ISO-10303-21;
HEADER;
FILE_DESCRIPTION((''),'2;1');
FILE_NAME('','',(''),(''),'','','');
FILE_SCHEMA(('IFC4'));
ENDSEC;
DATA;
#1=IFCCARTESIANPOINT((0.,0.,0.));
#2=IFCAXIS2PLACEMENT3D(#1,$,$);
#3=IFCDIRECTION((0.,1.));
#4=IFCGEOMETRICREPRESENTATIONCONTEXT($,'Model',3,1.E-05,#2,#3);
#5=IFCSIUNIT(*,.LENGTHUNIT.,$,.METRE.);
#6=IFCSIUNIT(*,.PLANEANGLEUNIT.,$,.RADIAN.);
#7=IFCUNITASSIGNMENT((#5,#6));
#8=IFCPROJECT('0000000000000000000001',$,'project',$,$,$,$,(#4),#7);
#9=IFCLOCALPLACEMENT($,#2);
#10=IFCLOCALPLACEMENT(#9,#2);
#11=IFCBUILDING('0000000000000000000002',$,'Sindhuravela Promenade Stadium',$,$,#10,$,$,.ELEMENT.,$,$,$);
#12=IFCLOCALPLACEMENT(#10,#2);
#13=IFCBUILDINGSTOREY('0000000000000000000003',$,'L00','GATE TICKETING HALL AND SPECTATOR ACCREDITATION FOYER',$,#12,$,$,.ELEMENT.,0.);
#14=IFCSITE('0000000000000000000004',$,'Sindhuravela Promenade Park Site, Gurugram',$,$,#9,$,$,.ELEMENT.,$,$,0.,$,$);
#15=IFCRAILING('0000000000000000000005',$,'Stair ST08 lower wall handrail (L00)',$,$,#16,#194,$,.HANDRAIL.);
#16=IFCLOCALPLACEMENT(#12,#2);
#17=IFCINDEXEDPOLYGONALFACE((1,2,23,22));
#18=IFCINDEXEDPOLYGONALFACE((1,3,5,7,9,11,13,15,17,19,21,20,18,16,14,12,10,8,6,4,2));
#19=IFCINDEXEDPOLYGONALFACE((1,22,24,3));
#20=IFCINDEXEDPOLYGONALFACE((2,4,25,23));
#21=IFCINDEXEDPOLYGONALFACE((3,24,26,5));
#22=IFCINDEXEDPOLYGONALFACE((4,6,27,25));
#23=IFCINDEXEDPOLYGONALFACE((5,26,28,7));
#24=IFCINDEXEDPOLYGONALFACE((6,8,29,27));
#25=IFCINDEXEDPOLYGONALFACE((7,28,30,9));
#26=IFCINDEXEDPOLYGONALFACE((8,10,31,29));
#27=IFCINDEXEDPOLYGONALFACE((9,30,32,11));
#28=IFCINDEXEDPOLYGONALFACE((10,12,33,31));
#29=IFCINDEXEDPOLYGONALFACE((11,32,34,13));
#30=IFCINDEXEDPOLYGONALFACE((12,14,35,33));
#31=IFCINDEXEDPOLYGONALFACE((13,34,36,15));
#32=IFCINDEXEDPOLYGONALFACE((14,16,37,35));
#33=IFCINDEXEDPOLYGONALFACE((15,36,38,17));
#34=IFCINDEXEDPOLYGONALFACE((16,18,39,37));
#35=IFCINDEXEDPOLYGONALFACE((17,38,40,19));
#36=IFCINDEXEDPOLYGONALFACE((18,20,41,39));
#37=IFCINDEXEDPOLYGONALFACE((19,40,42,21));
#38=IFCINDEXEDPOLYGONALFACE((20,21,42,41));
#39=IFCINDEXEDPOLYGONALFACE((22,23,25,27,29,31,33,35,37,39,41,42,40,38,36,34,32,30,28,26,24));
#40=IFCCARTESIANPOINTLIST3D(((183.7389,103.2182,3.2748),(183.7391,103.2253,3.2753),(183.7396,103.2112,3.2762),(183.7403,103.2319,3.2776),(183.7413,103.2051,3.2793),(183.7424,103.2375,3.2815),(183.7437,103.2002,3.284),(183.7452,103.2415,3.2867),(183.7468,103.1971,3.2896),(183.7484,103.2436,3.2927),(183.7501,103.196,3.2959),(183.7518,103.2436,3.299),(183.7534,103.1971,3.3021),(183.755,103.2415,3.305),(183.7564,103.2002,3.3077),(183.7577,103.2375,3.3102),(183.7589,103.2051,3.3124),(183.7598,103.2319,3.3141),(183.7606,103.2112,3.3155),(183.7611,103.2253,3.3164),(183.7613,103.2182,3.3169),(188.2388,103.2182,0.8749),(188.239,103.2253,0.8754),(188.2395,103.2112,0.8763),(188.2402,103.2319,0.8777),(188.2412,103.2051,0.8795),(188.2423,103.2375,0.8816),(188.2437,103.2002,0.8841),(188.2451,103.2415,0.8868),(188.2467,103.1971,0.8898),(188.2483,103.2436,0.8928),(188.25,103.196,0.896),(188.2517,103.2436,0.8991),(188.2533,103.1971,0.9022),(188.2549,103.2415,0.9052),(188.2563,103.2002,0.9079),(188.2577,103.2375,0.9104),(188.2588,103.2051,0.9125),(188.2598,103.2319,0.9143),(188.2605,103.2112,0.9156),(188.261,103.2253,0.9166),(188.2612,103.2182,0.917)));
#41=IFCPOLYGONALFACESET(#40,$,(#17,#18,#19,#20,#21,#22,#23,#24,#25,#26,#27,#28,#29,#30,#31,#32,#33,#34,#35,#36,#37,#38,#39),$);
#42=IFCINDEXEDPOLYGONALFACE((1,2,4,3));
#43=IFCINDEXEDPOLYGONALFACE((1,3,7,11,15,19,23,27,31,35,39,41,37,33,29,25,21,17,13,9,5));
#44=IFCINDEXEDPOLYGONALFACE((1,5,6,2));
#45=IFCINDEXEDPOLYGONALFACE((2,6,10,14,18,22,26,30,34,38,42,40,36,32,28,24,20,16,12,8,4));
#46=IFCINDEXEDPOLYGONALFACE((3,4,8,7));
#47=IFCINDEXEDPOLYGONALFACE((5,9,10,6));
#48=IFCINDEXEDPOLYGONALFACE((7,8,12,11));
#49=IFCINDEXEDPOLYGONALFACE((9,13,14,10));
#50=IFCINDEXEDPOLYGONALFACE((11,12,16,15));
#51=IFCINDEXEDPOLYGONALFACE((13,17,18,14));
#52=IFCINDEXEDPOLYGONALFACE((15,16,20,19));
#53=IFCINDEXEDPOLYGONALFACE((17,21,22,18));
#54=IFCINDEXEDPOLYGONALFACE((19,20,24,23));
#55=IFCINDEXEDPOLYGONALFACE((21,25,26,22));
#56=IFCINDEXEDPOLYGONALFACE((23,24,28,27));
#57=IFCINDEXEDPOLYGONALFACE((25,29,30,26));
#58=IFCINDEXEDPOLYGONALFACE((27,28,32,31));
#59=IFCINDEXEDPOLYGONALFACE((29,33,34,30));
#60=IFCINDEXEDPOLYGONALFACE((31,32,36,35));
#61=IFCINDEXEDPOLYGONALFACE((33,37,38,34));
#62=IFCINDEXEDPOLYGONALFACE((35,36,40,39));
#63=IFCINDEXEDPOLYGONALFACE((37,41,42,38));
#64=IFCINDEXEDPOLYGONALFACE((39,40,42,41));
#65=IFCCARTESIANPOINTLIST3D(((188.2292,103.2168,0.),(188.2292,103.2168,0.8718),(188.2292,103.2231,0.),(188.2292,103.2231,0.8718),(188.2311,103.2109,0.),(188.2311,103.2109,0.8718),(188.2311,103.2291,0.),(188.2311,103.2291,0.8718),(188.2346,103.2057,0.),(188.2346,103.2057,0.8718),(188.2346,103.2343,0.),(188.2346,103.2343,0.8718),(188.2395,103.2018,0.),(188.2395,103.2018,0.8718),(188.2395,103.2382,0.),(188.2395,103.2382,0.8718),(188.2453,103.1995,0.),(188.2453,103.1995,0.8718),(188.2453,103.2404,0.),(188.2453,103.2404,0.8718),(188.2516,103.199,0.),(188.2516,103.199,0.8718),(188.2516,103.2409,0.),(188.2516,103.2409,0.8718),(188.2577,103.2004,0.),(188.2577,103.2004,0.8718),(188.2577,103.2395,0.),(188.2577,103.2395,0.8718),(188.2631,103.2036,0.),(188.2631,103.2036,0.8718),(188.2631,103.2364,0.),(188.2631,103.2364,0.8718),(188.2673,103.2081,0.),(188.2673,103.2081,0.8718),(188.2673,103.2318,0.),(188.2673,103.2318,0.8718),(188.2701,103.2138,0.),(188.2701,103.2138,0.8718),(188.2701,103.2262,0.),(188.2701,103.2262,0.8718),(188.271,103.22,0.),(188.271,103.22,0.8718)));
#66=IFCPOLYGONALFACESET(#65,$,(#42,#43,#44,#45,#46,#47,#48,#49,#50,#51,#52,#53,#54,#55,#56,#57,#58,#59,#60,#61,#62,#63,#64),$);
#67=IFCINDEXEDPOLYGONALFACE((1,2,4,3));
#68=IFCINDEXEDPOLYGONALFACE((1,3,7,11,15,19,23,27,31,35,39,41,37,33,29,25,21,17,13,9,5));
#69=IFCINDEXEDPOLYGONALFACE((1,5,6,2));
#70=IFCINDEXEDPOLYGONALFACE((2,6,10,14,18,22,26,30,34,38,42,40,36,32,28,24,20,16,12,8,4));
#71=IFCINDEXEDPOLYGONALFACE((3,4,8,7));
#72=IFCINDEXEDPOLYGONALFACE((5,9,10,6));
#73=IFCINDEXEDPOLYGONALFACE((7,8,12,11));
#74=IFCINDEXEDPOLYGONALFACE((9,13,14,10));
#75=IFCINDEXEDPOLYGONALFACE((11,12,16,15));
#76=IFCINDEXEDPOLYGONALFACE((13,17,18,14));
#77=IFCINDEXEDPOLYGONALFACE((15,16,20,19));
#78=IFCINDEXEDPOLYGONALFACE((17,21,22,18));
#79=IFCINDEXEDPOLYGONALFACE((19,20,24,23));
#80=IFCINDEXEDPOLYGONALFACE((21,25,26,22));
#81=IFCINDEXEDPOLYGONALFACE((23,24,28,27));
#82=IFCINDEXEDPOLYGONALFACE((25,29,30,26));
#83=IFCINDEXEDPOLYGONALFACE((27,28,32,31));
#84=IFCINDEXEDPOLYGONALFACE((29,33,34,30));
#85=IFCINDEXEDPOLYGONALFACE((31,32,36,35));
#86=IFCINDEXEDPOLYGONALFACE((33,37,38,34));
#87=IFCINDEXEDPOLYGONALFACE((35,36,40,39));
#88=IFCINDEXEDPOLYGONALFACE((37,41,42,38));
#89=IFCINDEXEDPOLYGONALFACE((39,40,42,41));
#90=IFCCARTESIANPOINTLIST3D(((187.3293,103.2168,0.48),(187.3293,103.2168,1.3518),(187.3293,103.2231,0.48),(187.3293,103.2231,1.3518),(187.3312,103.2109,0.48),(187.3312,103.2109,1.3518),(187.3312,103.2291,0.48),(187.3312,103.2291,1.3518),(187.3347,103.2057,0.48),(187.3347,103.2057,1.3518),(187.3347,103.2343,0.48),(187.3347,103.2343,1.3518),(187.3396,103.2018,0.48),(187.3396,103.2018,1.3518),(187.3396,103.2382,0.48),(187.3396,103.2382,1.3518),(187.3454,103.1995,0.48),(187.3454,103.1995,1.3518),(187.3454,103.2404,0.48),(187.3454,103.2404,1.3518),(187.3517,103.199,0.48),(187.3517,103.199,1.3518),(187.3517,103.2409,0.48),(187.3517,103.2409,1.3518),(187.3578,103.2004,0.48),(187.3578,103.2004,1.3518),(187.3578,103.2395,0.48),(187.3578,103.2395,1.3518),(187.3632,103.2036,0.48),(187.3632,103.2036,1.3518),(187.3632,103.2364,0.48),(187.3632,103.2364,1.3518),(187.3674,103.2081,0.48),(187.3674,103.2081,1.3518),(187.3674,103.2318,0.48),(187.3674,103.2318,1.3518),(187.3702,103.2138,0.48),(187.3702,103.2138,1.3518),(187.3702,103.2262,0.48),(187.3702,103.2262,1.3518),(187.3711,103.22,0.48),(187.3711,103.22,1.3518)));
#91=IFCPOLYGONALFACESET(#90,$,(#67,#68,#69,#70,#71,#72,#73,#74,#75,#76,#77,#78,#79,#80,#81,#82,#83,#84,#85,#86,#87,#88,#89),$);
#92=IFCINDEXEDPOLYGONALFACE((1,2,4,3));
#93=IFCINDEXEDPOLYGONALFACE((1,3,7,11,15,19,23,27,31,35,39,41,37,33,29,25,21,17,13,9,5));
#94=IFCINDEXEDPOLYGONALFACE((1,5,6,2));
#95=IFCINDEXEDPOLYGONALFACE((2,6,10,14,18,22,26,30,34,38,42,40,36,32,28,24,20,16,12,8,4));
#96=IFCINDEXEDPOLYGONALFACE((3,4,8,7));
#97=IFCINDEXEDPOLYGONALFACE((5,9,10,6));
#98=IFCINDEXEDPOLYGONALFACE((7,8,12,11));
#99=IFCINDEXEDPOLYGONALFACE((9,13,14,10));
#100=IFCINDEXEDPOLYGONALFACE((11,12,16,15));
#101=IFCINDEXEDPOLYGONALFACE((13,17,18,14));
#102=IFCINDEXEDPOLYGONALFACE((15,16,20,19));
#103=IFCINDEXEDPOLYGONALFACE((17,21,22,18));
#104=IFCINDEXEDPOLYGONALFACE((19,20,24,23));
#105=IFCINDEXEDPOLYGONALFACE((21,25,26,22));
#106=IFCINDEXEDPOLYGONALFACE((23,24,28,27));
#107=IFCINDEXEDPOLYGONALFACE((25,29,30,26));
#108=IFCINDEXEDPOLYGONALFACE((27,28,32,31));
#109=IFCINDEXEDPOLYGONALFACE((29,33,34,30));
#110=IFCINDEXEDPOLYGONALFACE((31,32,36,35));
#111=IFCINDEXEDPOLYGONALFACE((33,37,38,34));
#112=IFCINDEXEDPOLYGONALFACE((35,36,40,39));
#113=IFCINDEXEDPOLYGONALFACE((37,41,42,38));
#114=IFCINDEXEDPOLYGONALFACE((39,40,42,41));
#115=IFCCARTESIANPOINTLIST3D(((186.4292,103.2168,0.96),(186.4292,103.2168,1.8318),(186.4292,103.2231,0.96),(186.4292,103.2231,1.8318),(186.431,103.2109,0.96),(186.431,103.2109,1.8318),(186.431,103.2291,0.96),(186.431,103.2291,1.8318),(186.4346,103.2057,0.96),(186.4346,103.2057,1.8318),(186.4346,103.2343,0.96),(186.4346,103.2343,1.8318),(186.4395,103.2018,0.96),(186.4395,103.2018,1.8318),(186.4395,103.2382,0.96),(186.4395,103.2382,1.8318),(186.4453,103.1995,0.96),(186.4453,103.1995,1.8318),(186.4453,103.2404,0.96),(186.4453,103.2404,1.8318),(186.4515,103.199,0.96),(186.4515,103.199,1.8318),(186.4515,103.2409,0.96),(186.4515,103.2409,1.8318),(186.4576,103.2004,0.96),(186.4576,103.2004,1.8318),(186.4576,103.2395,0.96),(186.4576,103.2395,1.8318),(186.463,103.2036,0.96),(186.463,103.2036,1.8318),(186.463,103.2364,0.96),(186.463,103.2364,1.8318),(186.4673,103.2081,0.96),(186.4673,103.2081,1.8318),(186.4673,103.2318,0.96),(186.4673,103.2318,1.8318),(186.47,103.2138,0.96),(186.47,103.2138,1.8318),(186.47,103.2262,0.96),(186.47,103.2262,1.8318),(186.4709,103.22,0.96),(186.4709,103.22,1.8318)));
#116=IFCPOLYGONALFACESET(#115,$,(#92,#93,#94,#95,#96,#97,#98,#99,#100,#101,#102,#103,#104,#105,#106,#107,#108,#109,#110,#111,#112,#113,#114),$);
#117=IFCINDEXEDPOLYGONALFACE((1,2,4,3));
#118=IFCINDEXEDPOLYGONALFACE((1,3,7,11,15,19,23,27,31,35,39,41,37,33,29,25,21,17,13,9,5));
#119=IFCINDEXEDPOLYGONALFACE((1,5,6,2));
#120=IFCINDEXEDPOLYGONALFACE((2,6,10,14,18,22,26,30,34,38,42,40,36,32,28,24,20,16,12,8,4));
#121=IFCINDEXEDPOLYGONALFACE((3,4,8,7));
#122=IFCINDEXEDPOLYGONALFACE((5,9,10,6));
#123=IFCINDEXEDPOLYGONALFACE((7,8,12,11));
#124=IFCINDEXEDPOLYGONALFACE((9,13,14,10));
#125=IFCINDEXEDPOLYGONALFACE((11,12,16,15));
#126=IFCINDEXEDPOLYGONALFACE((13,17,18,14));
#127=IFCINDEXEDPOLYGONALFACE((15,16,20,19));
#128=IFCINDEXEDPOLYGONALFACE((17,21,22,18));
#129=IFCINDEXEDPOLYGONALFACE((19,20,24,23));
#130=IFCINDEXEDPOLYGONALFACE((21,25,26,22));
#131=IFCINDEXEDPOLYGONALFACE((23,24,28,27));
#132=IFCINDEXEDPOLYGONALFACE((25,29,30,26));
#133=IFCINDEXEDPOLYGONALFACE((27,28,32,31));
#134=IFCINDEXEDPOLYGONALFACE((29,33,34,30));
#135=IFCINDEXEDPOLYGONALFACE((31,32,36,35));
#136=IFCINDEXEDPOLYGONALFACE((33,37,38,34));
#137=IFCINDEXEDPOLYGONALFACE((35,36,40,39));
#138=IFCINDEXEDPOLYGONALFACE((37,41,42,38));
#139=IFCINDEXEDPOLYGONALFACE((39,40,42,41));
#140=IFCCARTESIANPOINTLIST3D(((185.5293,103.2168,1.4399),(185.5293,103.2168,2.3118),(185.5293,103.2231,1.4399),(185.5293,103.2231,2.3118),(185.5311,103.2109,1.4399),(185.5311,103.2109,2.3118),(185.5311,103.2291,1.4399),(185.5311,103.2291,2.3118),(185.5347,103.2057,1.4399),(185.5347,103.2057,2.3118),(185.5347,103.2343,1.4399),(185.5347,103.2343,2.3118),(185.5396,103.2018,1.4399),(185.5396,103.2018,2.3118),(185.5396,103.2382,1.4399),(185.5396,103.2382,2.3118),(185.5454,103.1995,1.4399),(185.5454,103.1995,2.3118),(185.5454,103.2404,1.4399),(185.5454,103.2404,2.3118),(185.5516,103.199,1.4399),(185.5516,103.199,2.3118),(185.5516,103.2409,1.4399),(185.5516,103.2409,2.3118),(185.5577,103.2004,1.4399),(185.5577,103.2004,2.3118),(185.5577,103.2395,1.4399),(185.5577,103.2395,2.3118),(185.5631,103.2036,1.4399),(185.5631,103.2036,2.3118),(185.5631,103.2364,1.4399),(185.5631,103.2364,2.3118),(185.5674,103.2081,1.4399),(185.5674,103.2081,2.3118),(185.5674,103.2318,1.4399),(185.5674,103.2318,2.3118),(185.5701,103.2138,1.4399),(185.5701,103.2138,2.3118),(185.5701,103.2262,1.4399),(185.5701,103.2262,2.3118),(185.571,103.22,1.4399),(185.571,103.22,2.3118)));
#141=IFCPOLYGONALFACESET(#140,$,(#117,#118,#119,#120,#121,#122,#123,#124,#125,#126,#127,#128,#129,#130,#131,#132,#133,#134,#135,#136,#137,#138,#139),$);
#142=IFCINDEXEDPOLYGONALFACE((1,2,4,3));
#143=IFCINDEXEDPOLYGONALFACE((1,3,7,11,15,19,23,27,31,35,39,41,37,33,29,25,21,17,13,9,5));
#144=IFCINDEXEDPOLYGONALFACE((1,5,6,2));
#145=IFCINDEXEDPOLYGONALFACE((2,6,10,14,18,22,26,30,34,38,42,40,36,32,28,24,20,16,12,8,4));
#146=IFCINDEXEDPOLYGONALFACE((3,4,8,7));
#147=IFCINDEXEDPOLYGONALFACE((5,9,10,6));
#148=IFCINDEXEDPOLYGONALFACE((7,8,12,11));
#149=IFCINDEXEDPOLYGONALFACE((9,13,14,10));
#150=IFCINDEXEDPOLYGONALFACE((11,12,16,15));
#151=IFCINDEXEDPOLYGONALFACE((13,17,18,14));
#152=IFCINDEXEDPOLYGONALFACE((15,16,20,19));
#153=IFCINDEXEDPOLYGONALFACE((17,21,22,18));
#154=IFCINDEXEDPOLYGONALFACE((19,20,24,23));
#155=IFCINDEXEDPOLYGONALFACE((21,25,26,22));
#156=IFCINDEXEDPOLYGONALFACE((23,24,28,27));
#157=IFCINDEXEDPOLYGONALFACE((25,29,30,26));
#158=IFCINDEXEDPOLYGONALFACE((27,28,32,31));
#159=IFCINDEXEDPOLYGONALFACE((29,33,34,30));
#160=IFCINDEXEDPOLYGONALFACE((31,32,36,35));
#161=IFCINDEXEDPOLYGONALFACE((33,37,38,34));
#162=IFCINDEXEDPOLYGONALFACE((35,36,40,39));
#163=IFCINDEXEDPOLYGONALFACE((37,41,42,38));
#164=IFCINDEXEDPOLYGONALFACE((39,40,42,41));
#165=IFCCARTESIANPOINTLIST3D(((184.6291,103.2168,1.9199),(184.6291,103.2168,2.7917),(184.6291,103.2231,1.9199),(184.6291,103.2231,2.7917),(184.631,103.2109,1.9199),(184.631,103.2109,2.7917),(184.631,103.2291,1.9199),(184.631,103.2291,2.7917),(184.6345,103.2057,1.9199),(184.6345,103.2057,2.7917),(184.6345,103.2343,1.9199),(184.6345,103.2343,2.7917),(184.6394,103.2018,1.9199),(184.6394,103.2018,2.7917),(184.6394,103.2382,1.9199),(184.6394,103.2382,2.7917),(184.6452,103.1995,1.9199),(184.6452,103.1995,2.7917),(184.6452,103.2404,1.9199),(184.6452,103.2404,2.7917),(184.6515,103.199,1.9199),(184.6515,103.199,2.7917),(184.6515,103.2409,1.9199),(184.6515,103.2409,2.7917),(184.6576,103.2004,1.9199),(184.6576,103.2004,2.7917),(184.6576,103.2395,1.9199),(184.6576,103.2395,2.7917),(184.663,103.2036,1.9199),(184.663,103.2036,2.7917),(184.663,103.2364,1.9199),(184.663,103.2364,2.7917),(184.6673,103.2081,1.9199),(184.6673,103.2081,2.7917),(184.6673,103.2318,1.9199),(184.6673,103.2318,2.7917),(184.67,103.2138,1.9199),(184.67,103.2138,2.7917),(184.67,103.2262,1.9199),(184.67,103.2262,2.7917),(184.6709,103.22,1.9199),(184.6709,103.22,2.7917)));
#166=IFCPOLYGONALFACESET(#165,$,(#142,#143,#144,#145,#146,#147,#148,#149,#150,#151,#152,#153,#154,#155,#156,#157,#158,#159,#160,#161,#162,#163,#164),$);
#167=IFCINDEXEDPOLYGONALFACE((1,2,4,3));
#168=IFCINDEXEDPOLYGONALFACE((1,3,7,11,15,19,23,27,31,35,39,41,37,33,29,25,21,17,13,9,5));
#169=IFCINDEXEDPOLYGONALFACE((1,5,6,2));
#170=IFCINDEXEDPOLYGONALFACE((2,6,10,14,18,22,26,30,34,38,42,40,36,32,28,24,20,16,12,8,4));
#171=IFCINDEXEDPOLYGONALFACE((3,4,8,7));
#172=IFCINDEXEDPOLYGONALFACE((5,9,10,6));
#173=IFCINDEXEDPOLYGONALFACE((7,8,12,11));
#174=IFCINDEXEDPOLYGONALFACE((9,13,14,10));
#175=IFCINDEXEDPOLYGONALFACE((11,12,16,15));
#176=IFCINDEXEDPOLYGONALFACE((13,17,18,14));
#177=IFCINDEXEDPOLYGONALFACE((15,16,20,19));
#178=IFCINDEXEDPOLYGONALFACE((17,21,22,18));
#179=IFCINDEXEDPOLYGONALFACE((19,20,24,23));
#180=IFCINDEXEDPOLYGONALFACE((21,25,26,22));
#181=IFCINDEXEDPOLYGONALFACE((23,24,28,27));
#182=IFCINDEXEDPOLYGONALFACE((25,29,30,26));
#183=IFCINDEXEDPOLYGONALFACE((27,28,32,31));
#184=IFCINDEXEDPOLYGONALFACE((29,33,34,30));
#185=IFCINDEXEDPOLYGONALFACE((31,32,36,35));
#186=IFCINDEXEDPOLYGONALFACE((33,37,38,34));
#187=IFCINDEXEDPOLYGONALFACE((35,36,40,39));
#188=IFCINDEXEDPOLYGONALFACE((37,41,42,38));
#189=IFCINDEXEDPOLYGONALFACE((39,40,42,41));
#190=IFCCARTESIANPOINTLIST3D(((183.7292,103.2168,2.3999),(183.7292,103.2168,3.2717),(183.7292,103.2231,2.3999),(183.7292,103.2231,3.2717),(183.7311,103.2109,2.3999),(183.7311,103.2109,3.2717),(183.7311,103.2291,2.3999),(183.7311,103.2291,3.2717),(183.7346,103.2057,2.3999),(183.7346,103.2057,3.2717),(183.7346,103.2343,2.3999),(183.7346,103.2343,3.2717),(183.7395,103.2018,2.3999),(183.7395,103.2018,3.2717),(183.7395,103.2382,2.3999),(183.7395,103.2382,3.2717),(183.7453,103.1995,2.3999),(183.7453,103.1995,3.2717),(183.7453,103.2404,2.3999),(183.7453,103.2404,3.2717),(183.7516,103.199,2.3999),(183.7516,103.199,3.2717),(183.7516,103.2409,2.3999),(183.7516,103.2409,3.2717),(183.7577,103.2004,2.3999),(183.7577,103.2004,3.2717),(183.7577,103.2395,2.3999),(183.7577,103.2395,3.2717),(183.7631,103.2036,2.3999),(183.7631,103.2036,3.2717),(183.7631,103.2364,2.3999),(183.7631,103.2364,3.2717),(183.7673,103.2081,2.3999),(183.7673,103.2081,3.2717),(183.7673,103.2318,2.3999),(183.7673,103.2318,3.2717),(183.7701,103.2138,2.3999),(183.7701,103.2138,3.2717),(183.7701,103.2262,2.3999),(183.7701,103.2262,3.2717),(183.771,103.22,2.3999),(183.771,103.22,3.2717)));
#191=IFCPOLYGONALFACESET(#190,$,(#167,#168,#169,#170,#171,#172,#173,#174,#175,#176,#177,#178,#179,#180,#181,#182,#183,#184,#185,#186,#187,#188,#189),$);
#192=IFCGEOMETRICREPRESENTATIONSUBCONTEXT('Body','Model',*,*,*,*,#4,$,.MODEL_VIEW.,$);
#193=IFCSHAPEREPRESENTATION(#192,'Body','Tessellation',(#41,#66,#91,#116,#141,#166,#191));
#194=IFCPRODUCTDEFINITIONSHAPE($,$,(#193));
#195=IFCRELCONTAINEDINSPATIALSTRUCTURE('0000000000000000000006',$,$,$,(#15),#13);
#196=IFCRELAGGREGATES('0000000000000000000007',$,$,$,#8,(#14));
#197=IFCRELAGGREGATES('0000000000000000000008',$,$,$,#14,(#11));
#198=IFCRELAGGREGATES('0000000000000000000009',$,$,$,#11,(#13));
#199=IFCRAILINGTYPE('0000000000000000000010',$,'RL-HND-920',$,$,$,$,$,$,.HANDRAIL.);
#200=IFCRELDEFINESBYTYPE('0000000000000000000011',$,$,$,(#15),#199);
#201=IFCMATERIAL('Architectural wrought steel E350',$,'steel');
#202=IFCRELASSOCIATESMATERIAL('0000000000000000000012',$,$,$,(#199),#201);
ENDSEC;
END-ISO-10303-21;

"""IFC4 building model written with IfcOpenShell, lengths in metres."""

from ifc_helpers import new_model, si_unit, direction, frame, origin, origin_2d, place, context, subcontext, project, spatial, circle, extrude, material, type_object, element, save


model = new_model("IFC4")

# Units and contexts
model_context = context("Model", 3, precision=1e-05, world=origin(), true_north=direction((0.0, 1.0)))
body_context = subcontext(model_context, "Body", "Model", "MODEL_VIEW")
ifc_project = project(units=[si_unit("LENGTHUNIT", "METRE"), si_unit("PLANEANGLEUNIT", "RADIAN")], contexts=[model_context])

# Site, building, storey
site_placement = place(None, origin())
site = spatial("IfcSite", under=ifc_project, at=site_placement, Name="Sindhuravela Promenade Park Site, Gurugram", CompositionType="ELEMENT", RefElevation=0.0)
building_placement = place(site_placement, origin())
building = spatial("IfcBuilding", under=site, at=building_placement, Name="Sindhuravela Promenade Stadium", CompositionType="ELEMENT")
storey_placement = place(building_placement, origin())
storey = spatial("IfcBuildingStorey", under=building, at=storey_placement, Name="L00", Description="GATE TICKETING HALL AND SPECTATOR ACCREDITATION FOYER", CompositionType="ELEMENT", Elevation=0.0)

# Shared definitions
ifc_material_1 = material(Name="Architectural wrought steel E350", Category="steel")

# Railing
railing_type_1 = type_object("IfcRailingType", Name="RL-HND-920", PredefinedType="HANDRAIL", material=ifc_material_1)
railing_1_placement = place(storey_placement, frame((188.25, 103.22, 0.0)))
element("IfcRailing", 1, at=railing_1_placement, inside=storey, type_object=railing_type_1, Name="Stair ST08 lower wall handrail (L00)", PredefinedType="HANDRAIL", context=body_context, shape_type="SweptSolid", body=[
    extrude(circle(Radius=0.0239, at=origin_2d()), frame((0.0, 0.0, 0.896), z_axis=(-0.882361, 0.0, 0.470573), x_axis=(0.0, -1.0, 0.0)), (0.0, 0.0, 1.0), 5.0999),
    extrude(circle(Radius=0.021, at=origin_2d()), origin(), (0.0, 0.0, 1.0), 0.8718),
    extrude(circle(Radius=0.021, at=origin_2d()), frame((-0.8999, 0.0, 0.48)), (0.0, 0.0, 1.0), 0.8718),
    extrude(circle(Radius=0.021, at=origin_2d()), frame((-1.8, 0.0, 0.96)), (0.0, 0.0, 1.0), 0.8718),
    extrude(circle(Radius=0.021, at=origin_2d()), frame((-2.7, 0.0, 1.4399)), (0.0, 0.0, 1.0), 0.8718),
    extrude(circle(Radius=0.021, at=origin_2d()), frame((-3.6001, 0.0, 1.9199)), (0.0, 0.0, 1.0), 0.8718),
    extrude(circle(Radius=0.021, at=origin_2d()), frame((-4.5, 0.0, 2.3999)), (0.0, 0.0, 1.0), 0.8718),
])

save(model, "model.ifc")
